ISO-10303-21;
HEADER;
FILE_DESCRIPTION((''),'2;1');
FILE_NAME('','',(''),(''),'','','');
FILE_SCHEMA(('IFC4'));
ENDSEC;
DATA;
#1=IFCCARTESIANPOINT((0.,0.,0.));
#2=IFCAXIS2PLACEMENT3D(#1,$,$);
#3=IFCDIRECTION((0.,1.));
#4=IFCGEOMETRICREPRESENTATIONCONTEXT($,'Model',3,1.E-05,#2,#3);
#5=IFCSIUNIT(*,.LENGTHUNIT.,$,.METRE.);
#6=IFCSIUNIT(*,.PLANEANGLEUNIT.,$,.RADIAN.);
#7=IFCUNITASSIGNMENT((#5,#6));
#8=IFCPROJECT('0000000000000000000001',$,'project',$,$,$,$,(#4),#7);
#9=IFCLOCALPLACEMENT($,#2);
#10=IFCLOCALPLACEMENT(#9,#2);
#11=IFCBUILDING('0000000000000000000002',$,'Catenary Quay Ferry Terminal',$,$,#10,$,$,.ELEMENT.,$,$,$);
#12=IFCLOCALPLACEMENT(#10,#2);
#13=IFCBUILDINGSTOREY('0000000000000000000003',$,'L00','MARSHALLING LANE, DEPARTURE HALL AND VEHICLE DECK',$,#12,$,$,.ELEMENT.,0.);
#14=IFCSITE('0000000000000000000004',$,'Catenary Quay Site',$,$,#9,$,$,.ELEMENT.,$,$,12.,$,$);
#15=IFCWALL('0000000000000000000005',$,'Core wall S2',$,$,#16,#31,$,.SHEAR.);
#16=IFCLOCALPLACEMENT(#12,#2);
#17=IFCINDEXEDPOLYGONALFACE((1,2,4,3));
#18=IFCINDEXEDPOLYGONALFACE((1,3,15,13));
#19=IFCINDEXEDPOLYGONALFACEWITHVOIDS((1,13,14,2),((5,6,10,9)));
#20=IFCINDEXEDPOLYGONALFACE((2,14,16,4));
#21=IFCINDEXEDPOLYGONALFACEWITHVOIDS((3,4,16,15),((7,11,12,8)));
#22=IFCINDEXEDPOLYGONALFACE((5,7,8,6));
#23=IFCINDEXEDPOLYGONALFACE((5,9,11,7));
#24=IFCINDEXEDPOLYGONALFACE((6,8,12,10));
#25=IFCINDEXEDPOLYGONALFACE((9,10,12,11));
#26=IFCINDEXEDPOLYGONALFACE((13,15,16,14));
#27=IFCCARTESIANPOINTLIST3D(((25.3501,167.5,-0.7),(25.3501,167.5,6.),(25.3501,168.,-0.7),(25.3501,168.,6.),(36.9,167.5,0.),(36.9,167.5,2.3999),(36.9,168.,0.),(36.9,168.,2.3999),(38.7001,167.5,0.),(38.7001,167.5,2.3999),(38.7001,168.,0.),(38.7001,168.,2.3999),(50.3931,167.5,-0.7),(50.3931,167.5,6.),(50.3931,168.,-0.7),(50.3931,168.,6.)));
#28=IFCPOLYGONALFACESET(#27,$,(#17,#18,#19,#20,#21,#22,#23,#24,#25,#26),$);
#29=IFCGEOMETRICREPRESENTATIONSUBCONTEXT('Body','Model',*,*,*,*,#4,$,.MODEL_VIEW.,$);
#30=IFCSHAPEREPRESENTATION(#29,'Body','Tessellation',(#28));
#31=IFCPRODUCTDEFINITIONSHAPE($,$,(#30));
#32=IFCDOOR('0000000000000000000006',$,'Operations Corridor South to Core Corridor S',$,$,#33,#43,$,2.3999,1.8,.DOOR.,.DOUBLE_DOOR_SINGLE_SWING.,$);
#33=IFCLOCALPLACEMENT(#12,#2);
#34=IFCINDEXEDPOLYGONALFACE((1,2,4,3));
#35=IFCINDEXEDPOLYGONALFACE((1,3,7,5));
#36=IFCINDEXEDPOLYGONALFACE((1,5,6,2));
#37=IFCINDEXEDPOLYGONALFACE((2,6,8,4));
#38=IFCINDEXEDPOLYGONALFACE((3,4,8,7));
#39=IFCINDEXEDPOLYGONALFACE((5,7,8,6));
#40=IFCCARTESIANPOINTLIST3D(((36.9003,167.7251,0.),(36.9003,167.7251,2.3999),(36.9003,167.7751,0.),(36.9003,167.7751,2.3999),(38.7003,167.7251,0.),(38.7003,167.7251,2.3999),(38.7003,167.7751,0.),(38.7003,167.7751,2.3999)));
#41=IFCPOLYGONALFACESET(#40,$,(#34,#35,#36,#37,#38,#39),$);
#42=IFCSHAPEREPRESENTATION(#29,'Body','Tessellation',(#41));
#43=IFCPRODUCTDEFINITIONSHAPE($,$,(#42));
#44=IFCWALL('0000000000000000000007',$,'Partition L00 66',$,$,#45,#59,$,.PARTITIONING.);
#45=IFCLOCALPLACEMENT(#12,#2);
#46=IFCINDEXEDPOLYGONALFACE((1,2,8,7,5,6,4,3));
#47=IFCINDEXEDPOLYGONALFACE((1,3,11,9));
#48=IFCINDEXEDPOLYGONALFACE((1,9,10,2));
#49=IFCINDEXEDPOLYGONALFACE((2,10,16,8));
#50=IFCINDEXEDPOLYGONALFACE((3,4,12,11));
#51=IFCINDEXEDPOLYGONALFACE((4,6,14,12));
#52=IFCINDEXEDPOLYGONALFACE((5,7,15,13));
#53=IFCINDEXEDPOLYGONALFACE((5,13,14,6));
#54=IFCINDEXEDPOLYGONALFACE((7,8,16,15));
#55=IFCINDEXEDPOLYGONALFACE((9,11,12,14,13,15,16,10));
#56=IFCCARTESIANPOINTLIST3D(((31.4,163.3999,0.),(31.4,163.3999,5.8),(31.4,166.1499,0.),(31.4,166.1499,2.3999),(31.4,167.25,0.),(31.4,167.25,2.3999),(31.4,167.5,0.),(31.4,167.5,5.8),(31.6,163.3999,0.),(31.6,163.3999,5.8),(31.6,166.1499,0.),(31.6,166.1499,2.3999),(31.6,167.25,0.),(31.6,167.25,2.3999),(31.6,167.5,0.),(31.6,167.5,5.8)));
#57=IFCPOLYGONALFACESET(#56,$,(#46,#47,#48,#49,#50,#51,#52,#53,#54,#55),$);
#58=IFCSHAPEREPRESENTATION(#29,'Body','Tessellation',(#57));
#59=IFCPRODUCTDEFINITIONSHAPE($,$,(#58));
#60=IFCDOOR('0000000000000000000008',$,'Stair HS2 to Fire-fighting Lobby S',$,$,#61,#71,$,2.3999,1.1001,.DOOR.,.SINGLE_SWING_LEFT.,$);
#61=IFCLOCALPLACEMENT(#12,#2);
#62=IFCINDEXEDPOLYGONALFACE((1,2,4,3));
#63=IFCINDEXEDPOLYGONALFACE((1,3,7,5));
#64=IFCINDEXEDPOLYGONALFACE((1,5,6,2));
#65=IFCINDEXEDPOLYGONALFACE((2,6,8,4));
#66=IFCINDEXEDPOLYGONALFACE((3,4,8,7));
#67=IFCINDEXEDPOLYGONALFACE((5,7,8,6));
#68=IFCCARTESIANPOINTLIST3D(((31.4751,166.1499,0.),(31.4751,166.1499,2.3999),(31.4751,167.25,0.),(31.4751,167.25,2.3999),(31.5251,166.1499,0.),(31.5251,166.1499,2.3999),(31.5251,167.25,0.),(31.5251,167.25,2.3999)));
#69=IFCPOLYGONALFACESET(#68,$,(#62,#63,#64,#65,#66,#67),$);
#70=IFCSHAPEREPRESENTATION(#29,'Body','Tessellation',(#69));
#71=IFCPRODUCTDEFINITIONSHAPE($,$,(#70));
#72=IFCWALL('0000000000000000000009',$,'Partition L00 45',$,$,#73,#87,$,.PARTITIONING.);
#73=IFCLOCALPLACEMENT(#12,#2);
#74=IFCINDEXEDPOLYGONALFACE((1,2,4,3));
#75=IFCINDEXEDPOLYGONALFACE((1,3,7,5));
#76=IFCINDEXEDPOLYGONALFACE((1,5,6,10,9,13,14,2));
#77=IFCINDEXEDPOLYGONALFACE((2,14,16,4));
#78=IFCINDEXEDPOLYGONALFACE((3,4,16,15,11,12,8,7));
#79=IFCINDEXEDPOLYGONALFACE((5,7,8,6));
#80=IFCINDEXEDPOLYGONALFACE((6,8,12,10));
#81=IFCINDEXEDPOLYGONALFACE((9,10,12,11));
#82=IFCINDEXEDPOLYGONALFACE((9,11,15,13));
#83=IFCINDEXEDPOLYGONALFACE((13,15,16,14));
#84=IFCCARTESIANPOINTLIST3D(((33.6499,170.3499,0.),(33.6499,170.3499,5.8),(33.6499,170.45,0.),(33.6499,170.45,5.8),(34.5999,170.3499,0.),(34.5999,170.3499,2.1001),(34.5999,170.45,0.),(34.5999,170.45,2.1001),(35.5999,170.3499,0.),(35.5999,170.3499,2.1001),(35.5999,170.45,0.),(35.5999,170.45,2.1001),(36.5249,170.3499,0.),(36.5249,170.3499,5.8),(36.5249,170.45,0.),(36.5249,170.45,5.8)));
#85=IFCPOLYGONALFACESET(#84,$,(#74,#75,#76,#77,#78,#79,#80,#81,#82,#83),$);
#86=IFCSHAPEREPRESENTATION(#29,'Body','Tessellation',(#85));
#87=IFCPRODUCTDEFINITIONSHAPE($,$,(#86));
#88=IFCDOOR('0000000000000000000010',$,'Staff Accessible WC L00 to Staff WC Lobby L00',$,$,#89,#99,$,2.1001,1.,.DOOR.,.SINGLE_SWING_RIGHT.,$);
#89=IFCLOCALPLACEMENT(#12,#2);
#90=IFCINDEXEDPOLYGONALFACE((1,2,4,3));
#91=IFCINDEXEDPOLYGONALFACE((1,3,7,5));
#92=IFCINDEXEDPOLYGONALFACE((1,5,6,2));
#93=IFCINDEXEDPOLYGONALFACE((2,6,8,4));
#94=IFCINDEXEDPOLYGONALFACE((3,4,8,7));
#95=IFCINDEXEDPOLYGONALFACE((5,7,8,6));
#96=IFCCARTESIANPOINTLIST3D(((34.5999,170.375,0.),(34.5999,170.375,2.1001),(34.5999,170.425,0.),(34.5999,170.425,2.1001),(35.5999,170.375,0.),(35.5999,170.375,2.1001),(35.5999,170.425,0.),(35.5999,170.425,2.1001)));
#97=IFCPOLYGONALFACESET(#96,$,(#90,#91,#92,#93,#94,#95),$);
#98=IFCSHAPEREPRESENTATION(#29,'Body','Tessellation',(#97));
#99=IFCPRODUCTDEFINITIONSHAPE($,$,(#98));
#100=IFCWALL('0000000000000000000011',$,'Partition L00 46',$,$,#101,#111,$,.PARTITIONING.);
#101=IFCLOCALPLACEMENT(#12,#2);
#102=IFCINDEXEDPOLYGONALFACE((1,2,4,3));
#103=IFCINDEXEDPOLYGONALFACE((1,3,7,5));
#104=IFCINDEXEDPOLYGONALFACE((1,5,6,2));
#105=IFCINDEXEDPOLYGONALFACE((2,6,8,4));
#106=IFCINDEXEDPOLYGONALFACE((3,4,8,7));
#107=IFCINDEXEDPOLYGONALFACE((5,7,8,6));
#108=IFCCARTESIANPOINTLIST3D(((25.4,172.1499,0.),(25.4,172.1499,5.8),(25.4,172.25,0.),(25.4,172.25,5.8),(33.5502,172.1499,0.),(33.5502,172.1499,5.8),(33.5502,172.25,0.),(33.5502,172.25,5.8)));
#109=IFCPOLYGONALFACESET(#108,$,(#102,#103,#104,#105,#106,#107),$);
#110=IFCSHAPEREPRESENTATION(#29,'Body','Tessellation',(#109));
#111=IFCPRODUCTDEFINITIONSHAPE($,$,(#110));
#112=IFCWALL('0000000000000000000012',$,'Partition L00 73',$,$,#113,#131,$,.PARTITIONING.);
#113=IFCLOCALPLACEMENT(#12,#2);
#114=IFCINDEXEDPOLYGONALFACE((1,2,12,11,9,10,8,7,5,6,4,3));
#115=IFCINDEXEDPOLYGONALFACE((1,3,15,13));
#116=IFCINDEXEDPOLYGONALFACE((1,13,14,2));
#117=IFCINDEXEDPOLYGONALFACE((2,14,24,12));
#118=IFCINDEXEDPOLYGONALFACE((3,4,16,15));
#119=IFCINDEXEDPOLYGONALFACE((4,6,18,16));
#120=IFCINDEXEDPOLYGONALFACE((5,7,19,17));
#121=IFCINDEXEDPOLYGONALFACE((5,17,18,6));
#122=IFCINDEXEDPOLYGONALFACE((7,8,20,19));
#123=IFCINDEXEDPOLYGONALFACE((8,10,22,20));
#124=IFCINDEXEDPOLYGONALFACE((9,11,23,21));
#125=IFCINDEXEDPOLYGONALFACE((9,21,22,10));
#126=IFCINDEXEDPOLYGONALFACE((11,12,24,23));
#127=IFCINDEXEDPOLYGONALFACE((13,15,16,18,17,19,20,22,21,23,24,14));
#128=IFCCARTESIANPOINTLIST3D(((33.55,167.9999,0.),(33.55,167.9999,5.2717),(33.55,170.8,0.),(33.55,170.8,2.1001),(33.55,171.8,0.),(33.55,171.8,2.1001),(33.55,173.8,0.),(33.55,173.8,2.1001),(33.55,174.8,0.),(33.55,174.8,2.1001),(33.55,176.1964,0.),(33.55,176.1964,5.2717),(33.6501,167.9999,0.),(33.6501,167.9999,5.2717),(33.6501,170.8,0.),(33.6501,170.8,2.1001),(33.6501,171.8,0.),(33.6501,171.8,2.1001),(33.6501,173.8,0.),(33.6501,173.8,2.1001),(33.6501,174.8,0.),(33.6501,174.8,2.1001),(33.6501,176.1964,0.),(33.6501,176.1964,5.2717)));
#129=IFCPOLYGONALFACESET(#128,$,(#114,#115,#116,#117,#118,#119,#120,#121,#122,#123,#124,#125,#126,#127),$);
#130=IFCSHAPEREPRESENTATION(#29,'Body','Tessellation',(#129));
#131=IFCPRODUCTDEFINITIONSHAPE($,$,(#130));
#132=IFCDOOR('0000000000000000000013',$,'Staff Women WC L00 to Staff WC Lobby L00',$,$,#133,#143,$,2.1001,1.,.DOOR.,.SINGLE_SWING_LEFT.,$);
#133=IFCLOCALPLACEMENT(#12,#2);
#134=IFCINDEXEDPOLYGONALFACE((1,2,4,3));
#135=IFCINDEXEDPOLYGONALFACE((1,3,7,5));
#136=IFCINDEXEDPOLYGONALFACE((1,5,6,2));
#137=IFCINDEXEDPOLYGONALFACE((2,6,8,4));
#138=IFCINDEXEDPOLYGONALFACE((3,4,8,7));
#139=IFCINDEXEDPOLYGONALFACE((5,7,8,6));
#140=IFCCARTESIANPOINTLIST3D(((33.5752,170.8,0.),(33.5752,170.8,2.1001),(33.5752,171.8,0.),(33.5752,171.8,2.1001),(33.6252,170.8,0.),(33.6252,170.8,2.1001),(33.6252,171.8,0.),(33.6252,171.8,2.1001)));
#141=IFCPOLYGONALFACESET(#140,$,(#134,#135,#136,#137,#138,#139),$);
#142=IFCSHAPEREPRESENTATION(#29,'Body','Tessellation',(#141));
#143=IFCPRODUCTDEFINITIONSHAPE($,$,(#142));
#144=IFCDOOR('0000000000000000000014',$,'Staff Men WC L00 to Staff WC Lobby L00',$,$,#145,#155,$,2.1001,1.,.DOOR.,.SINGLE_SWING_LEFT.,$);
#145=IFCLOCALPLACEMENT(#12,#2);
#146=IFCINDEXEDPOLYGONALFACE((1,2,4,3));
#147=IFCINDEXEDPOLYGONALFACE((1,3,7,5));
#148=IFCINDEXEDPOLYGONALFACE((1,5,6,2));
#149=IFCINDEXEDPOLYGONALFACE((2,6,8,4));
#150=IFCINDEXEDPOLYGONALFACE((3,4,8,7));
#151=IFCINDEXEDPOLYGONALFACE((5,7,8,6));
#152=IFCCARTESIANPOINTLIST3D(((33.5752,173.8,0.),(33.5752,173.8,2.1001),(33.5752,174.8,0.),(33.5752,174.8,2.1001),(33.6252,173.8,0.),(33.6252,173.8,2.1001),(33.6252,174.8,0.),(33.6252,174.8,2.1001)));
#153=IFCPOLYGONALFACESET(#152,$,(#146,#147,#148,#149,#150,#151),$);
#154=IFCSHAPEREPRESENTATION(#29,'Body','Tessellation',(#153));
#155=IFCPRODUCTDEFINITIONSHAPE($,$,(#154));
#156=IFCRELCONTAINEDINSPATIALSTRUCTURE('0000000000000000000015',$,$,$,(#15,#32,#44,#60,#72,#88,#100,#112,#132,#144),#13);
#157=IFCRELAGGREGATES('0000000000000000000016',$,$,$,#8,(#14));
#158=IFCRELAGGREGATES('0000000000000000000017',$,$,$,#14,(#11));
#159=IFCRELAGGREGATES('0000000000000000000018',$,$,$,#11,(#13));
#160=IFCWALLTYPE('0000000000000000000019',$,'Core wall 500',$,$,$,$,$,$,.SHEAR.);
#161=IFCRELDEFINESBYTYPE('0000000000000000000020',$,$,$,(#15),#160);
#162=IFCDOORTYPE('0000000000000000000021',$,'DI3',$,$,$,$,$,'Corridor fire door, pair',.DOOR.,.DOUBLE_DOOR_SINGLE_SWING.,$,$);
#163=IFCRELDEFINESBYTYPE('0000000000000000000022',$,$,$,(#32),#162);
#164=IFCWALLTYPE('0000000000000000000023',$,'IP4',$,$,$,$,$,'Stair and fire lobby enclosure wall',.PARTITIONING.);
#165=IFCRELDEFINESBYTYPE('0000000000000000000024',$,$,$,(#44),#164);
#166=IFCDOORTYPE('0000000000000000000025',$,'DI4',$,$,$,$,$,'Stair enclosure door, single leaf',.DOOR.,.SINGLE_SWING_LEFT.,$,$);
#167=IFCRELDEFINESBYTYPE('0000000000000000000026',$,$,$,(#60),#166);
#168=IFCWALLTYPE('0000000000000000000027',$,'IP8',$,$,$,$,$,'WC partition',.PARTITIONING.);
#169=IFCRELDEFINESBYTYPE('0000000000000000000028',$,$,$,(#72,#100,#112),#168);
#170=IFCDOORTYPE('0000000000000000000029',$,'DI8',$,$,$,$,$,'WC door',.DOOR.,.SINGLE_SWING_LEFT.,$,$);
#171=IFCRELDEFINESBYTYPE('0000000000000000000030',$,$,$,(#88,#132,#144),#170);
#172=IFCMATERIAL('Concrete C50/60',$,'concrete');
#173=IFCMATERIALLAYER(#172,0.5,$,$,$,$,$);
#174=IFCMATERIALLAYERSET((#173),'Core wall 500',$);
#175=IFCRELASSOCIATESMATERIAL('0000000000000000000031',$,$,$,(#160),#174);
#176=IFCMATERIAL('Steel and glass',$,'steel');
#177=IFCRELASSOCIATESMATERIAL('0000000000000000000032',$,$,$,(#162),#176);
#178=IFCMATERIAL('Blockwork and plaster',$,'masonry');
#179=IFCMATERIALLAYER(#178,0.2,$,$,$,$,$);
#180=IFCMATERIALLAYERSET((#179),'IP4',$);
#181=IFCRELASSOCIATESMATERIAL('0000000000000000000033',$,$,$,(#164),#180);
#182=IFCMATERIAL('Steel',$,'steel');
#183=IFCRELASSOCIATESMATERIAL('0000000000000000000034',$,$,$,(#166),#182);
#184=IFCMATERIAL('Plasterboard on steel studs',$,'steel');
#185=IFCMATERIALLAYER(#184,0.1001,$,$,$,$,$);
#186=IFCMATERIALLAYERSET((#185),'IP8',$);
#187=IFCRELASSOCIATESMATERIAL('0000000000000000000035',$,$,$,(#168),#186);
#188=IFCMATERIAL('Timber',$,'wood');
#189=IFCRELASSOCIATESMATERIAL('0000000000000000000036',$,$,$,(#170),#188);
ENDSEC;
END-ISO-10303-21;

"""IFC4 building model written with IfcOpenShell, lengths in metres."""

from ifc_helpers import new_model, si_unit, direction, frame, frame_2d, origin, place, context, subcontext, project, spatial, rectangle, extrude, material, layer, layer_set, type_object, element, fill, save


model = new_model("IFC4")

# Units and contexts
model_context = context("Model", 3, precision=1e-05, world=origin(), true_north=direction((0.0, 1.0)))
body_context = subcontext(model_context, "Body", "Model", "MODEL_VIEW")
ifc_project = project(units=[si_unit("LENGTHUNIT", "METRE"), si_unit("PLANEANGLEUNIT", "RADIAN")], contexts=[model_context])

# Site, building, storey
site_placement = place(None, origin())
site = spatial("IfcSite", under=ifc_project, at=site_placement, Name="Catenary Quay Site", CompositionType="ELEMENT", RefElevation=12.0)
building_placement = place(site_placement, origin())
building = spatial("IfcBuilding", under=site, at=building_placement, Name="Catenary Quay Ferry Terminal", CompositionType="ELEMENT")
storey_placement = place(building_placement, origin())
storey = spatial("IfcBuildingStorey", under=building, at=storey_placement, Name="L00", Description="MARSHALLING LANE, DEPARTURE HALL AND VEHICLE DECK", CompositionType="ELEMENT", Elevation=0.0)

# Walls, openings, doors
ifc_material_1 = material(Name="Concrete C50/60", Category="concrete")
ifc_layer_1 = layer(ifc_material_1, 0.5)
ifc_layer_set_1 = layer_set([ifc_layer_1], Name="Core wall 500")
wall_type_1 = type_object("IfcWallType", Name="Core wall 500", PredefinedType="SHEAR", material=ifc_layer_set_1)
wall_1_placement = place(storey_placement, frame((25.3501, 167.75, -0.7), z_axis=(0.0, 0.0, 1.0), x_axis=(1.0, 0.0, 0.0)))
wall_1 = element("IfcWall", 1, at=wall_1_placement, inside=storey, type_object=wall_type_1, Name="Core wall S2", PredefinedType="SHEAR", context=body_context, shape_type="SweptSolid", body=[
    extrude(rectangle(XDim=25.043, YDim=0.5, at=frame_2d((12.5215, 0.0))), origin(), (0.0, 0.0, 1.0), 6.7),
])
opening_1_placement = place(wall_1_placement, frame((11.55, 0.0, 0.7)))
opening_1 = element("IfcOpeningElement", 2, at=opening_1_placement, cuts=wall_1, PredefinedType="OPENING", context=body_context, shape_type="SweptSolid", body=[
    extrude(rectangle(XDim=1.8, YDim=2.3999, at=frame_2d((0.8999, 1.2))), frame((0.0, 0.26, 0.0), z_axis=(0.0, -1.0, 0.0), x_axis=(1.0, 0.0, 0.0)), (0.0, 0.0, 1.0), 0.52),
])
ifc_material_2 = material(Name="Steel and glass", Category="steel")
door_type_1 = type_object("IfcDoorType", Name="DI3", ElementType="Corridor fire door, pair", OperationType="DOUBLE_DOOR_SINGLE_SWING", PredefinedType="DOOR", material=ifc_material_2)
door_1_placement = place(opening_1_placement, frame((1.8, 0.0, 0.0), z_axis=(0.0, 0.0, 1.0), x_axis=(-1.0, 0.0, 0.0)))
door_1 = element("IfcDoor", 3, at=door_1_placement, inside=storey, type_object=door_type_1, Name="Operations Corridor South to Core Corridor S", OperationType="DOUBLE_DOOR_SINGLE_SWING", OverallHeight=2.3999, OverallWidth=1.8, PredefinedType="DOOR", context=body_context, shape_type="SweptSolid", body=[
    extrude(rectangle(XDim=1.8, YDim=2.3999, at=frame_2d((0.8999, 1.2))), frame((0.0, 0.0249, 0.0), z_axis=(0.0, -1.0, 0.0), x_axis=(1.0, 0.0, 0.0)), (0.0, 0.0, 1.0), 0.05),
])
fill(opening_1, door_1)
ifc_material_3 = material(Name="Blockwork and plaster", Category="masonry")
ifc_layer_2 = layer(ifc_material_3, 0.2)
ifc_layer_set_2 = layer_set([ifc_layer_2], Name="IP4")
wall_type_2 = type_object("IfcWallType", Name="IP4", ElementType="Stair and fire lobby enclosure wall", PredefinedType="PARTITIONING", material=ifc_layer_set_2)
wall_2_placement = place(storey_placement, frame((31.5, 163.3999, 0.0), z_axis=(0.0, 0.0, 1.0), x_axis=(0.0, 1.0, 0.0)))
wall_2 = element("IfcWall", 4, at=wall_2_placement, inside=storey, type_object=wall_type_2, Name="Partition L00 66", PredefinedType="PARTITIONING", context=body_context, shape_type="SweptSolid", body=[
    extrude(rectangle(XDim=4.1001, YDim=0.2, at=frame_2d((2.05, 0.0))), origin(), (0.0, 0.0, 1.0), 5.8),
])
opening_2_placement = place(wall_2_placement, frame((2.75, 0.0, 0.0)))
opening_2 = element("IfcOpeningElement", 5, at=opening_2_placement, cuts=wall_2, PredefinedType="OPENING", context=body_context, shape_type="SweptSolid", body=[
    extrude(rectangle(XDim=1.1001, YDim=2.3999, at=frame_2d((0.55, 1.2))), frame((0.0, 0.1099, 0.0), z_axis=(0.0, -1.0, 0.0), x_axis=(1.0, 0.0, 0.0)), (0.0, 0.0, 1.0), 0.22),
])
ifc_material_4 = material(Name="Steel", Category="steel")
door_type_2 = type_object("IfcDoorType", Name="DI4", ElementType="Stair enclosure door, single leaf", OperationType="SINGLE_SWING_LEFT", PredefinedType="DOOR", material=ifc_material_4)
door_2_placement = place(opening_2_placement, origin())
door_2 = element("IfcDoor", 6, at=door_2_placement, inside=storey, type_object=door_type_2, Name="Stair HS2 to Fire-fighting Lobby S", OperationType="SINGLE_SWING_LEFT", OverallHeight=2.3999, OverallWidth=1.1001, PredefinedType="DOOR", context=body_context, shape_type="SweptSolid", body=[
    extrude(rectangle(XDim=1.1001, YDim=2.3999, at=frame_2d((0.55, 1.2))), frame((0.0, 0.0249, 0.0), z_axis=(0.0, -1.0, 0.0), x_axis=(1.0, 0.0, 0.0)), (0.0, 0.0, 1.0), 0.05),
])
fill(opening_2, door_2)
ifc_material_5 = material(Name="Plasterboard on steel studs", Category="steel")
ifc_layer_3 = layer(ifc_material_5, 0.1001)
ifc_layer_set_3 = layer_set([ifc_layer_3], Name="IP8")
wall_type_3 = type_object("IfcWallType", Name="IP8", ElementType="WC partition", PredefinedType="PARTITIONING", material=ifc_layer_set_3)
wall_3_placement = place(storey_placement, frame((33.6499, 170.3999, 0.0), z_axis=(0.0, 0.0, 1.0), x_axis=(1.0, 0.0, 0.0)))
wall_3 = element("IfcWall", 7, at=wall_3_placement, inside=storey, type_object=wall_type_3, Name="Partition L00 45", PredefinedType="PARTITIONING", context=body_context, shape_type="SweptSolid", body=[
    extrude(rectangle(XDim=2.875, YDim=0.1001, at=frame_2d((1.4375, 0.0))), origin(), (0.0, 0.0, 1.0), 5.8),
])
opening_3_placement = place(wall_3_placement, frame((0.95, 0.0, 0.0)))
opening_3 = element("IfcOpeningElement", 8, at=opening_3_placement, cuts=wall_3, PredefinedType="OPENING", context=body_context, shape_type="SweptSolid", body=[
    extrude(rectangle(XDim=1.0, YDim=2.1001, at=frame_2d((0.5, 1.05))), frame((0.0, 0.0601, 0.0), z_axis=(0.0, -1.0, 0.0), x_axis=(1.0, 0.0, 0.0)), (0.0, 0.0, 1.0), 0.1201),
])
ifc_material_6 = material(Name="Timber", Category="wood")
door_type_3 = type_object("IfcDoorType", Name="DI8", ElementType="WC door", OperationType="SINGLE_SWING_LEFT", PredefinedType="DOOR", material=ifc_material_6)
door_3_placement = place(opening_3_placement, frame((1.0, 0.0, 0.0), z_axis=(0.0, 0.0, 1.0), x_axis=(-1.0, 0.0, 0.0)))
door_3 = element("IfcDoor", 9, at=door_3_placement, inside=storey, type_object=door_type_3, Name="Staff Accessible WC L00 to Staff WC Lobby L00", OperationType="SINGLE_SWING_RIGHT", OverallHeight=2.1001, OverallWidth=1.0, PredefinedType="DOOR", context=body_context, shape_type="SweptSolid", body=[
    extrude(rectangle(XDim=1.0, YDim=2.1001, at=frame_2d((0.5, 1.05))), frame((0.0, 0.0249, 0.0), z_axis=(0.0, -1.0, 0.0), x_axis=(1.0, 0.0, 0.0)), (0.0, 0.0, 1.0), 0.05),
])
fill(opening_3, door_3)

# Wall
wall_4_placement = place(storey_placement, frame((25.3999, 172.2, 0.0), z_axis=(0.0, 0.0, 1.0), x_axis=(1.0, 0.0, 0.0)))
element("IfcWall", 10, at=wall_4_placement, inside=storey, type_object=wall_type_3, Name="Partition L00 46", PredefinedType="PARTITIONING", context=body_context, shape_type="SweptSolid", body=[
    extrude(rectangle(XDim=8.1501, YDim=0.1001, at=frame_2d((4.0752, 0.0))), origin(), (0.0, 0.0, 1.0), 5.8),
])

# Wall, openings, doors
wall_5_placement = place(storey_placement, frame((33.6001, 168.0, 0.0), z_axis=(0.0, 0.0, 1.0), x_axis=(0.0, 1.0, 0.0)))
wall_5 = element("IfcWall", 11, at=wall_5_placement, inside=storey, type_object=wall_type_3, Name="Partition L00 73", PredefinedType="PARTITIONING", context=body_context, shape_type="SweptSolid", body=[
    extrude(rectangle(XDim=8.1965, YDim=0.1001, at=frame_2d((4.0981, 0.0))), origin(), (0.0, 0.0, 1.0), 5.2717),
])
opening_4_placement = place(wall_5_placement, frame((2.8, 0.0, 0.0)))
opening_4 = element("IfcOpeningElement", 12, at=opening_4_placement, cuts=wall_5, PredefinedType="OPENING", context=body_context, shape_type="SweptSolid", body=[
    extrude(rectangle(XDim=1.0, YDim=2.1001, at=frame_2d((0.5, 1.05))), frame((0.0, 0.0601, 0.0), z_axis=(0.0, -1.0, 0.0), x_axis=(1.0, 0.0, 0.0)), (0.0, 0.0, 1.0), 0.1201),
])
opening_5_placement = place(wall_5_placement, frame((5.8, 0.0, 0.0)))
opening_5 = element("IfcOpeningElement", 13, at=opening_5_placement, cuts=wall_5, PredefinedType="OPENING", context=body_context, shape_type="SweptSolid", body=[
    extrude(rectangle(XDim=1.0, YDim=2.1001, at=frame_2d((0.5, 1.05))), frame((0.0, 0.0601, 0.0), z_axis=(0.0, -1.0, 0.0), x_axis=(1.0, 0.0, 0.0)), (0.0, 0.0, 1.0), 0.1201),
])
door_4_placement = place(opening_4_placement, origin())
door_4 = element("IfcDoor", 14, at=door_4_placement, inside=storey, type_object=door_type_3, Name="Staff Women WC L00 to Staff WC Lobby L00", OperationType="SINGLE_SWING_LEFT", OverallHeight=2.1001, OverallWidth=1.0, PredefinedType="DOOR", context=body_context, shape_type="SweptSolid", body=[
    extrude(rectangle(XDim=1.0, YDim=2.1001, at=frame_2d((0.5, 1.05))), frame((0.0, 0.0249, 0.0), z_axis=(0.0, -1.0, 0.0), x_axis=(1.0, 0.0, 0.0)), (0.0, 0.0, 1.0), 0.05),
])
fill(opening_4, door_4)
door_5_placement = place(opening_5_placement, origin())
door_5 = element("IfcDoor", 15, at=door_5_placement, inside=storey, type_object=door_type_3, Name="Staff Men WC L00 to Staff WC Lobby L00", OperationType="SINGLE_SWING_LEFT", OverallHeight=2.1001, OverallWidth=1.0, PredefinedType="DOOR", context=body_context, shape_type="SweptSolid", body=[
    extrude(rectangle(XDim=1.0, YDim=2.1001, at=frame_2d((0.5, 1.05))), frame((0.0, 0.0249, 0.0), z_axis=(0.0, -1.0, 0.0), x_axis=(1.0, 0.0, 0.0)), (0.0, 0.0, 1.0), 0.05),
])
fill(opening_5, door_5)

save(model, "model.ifc")
